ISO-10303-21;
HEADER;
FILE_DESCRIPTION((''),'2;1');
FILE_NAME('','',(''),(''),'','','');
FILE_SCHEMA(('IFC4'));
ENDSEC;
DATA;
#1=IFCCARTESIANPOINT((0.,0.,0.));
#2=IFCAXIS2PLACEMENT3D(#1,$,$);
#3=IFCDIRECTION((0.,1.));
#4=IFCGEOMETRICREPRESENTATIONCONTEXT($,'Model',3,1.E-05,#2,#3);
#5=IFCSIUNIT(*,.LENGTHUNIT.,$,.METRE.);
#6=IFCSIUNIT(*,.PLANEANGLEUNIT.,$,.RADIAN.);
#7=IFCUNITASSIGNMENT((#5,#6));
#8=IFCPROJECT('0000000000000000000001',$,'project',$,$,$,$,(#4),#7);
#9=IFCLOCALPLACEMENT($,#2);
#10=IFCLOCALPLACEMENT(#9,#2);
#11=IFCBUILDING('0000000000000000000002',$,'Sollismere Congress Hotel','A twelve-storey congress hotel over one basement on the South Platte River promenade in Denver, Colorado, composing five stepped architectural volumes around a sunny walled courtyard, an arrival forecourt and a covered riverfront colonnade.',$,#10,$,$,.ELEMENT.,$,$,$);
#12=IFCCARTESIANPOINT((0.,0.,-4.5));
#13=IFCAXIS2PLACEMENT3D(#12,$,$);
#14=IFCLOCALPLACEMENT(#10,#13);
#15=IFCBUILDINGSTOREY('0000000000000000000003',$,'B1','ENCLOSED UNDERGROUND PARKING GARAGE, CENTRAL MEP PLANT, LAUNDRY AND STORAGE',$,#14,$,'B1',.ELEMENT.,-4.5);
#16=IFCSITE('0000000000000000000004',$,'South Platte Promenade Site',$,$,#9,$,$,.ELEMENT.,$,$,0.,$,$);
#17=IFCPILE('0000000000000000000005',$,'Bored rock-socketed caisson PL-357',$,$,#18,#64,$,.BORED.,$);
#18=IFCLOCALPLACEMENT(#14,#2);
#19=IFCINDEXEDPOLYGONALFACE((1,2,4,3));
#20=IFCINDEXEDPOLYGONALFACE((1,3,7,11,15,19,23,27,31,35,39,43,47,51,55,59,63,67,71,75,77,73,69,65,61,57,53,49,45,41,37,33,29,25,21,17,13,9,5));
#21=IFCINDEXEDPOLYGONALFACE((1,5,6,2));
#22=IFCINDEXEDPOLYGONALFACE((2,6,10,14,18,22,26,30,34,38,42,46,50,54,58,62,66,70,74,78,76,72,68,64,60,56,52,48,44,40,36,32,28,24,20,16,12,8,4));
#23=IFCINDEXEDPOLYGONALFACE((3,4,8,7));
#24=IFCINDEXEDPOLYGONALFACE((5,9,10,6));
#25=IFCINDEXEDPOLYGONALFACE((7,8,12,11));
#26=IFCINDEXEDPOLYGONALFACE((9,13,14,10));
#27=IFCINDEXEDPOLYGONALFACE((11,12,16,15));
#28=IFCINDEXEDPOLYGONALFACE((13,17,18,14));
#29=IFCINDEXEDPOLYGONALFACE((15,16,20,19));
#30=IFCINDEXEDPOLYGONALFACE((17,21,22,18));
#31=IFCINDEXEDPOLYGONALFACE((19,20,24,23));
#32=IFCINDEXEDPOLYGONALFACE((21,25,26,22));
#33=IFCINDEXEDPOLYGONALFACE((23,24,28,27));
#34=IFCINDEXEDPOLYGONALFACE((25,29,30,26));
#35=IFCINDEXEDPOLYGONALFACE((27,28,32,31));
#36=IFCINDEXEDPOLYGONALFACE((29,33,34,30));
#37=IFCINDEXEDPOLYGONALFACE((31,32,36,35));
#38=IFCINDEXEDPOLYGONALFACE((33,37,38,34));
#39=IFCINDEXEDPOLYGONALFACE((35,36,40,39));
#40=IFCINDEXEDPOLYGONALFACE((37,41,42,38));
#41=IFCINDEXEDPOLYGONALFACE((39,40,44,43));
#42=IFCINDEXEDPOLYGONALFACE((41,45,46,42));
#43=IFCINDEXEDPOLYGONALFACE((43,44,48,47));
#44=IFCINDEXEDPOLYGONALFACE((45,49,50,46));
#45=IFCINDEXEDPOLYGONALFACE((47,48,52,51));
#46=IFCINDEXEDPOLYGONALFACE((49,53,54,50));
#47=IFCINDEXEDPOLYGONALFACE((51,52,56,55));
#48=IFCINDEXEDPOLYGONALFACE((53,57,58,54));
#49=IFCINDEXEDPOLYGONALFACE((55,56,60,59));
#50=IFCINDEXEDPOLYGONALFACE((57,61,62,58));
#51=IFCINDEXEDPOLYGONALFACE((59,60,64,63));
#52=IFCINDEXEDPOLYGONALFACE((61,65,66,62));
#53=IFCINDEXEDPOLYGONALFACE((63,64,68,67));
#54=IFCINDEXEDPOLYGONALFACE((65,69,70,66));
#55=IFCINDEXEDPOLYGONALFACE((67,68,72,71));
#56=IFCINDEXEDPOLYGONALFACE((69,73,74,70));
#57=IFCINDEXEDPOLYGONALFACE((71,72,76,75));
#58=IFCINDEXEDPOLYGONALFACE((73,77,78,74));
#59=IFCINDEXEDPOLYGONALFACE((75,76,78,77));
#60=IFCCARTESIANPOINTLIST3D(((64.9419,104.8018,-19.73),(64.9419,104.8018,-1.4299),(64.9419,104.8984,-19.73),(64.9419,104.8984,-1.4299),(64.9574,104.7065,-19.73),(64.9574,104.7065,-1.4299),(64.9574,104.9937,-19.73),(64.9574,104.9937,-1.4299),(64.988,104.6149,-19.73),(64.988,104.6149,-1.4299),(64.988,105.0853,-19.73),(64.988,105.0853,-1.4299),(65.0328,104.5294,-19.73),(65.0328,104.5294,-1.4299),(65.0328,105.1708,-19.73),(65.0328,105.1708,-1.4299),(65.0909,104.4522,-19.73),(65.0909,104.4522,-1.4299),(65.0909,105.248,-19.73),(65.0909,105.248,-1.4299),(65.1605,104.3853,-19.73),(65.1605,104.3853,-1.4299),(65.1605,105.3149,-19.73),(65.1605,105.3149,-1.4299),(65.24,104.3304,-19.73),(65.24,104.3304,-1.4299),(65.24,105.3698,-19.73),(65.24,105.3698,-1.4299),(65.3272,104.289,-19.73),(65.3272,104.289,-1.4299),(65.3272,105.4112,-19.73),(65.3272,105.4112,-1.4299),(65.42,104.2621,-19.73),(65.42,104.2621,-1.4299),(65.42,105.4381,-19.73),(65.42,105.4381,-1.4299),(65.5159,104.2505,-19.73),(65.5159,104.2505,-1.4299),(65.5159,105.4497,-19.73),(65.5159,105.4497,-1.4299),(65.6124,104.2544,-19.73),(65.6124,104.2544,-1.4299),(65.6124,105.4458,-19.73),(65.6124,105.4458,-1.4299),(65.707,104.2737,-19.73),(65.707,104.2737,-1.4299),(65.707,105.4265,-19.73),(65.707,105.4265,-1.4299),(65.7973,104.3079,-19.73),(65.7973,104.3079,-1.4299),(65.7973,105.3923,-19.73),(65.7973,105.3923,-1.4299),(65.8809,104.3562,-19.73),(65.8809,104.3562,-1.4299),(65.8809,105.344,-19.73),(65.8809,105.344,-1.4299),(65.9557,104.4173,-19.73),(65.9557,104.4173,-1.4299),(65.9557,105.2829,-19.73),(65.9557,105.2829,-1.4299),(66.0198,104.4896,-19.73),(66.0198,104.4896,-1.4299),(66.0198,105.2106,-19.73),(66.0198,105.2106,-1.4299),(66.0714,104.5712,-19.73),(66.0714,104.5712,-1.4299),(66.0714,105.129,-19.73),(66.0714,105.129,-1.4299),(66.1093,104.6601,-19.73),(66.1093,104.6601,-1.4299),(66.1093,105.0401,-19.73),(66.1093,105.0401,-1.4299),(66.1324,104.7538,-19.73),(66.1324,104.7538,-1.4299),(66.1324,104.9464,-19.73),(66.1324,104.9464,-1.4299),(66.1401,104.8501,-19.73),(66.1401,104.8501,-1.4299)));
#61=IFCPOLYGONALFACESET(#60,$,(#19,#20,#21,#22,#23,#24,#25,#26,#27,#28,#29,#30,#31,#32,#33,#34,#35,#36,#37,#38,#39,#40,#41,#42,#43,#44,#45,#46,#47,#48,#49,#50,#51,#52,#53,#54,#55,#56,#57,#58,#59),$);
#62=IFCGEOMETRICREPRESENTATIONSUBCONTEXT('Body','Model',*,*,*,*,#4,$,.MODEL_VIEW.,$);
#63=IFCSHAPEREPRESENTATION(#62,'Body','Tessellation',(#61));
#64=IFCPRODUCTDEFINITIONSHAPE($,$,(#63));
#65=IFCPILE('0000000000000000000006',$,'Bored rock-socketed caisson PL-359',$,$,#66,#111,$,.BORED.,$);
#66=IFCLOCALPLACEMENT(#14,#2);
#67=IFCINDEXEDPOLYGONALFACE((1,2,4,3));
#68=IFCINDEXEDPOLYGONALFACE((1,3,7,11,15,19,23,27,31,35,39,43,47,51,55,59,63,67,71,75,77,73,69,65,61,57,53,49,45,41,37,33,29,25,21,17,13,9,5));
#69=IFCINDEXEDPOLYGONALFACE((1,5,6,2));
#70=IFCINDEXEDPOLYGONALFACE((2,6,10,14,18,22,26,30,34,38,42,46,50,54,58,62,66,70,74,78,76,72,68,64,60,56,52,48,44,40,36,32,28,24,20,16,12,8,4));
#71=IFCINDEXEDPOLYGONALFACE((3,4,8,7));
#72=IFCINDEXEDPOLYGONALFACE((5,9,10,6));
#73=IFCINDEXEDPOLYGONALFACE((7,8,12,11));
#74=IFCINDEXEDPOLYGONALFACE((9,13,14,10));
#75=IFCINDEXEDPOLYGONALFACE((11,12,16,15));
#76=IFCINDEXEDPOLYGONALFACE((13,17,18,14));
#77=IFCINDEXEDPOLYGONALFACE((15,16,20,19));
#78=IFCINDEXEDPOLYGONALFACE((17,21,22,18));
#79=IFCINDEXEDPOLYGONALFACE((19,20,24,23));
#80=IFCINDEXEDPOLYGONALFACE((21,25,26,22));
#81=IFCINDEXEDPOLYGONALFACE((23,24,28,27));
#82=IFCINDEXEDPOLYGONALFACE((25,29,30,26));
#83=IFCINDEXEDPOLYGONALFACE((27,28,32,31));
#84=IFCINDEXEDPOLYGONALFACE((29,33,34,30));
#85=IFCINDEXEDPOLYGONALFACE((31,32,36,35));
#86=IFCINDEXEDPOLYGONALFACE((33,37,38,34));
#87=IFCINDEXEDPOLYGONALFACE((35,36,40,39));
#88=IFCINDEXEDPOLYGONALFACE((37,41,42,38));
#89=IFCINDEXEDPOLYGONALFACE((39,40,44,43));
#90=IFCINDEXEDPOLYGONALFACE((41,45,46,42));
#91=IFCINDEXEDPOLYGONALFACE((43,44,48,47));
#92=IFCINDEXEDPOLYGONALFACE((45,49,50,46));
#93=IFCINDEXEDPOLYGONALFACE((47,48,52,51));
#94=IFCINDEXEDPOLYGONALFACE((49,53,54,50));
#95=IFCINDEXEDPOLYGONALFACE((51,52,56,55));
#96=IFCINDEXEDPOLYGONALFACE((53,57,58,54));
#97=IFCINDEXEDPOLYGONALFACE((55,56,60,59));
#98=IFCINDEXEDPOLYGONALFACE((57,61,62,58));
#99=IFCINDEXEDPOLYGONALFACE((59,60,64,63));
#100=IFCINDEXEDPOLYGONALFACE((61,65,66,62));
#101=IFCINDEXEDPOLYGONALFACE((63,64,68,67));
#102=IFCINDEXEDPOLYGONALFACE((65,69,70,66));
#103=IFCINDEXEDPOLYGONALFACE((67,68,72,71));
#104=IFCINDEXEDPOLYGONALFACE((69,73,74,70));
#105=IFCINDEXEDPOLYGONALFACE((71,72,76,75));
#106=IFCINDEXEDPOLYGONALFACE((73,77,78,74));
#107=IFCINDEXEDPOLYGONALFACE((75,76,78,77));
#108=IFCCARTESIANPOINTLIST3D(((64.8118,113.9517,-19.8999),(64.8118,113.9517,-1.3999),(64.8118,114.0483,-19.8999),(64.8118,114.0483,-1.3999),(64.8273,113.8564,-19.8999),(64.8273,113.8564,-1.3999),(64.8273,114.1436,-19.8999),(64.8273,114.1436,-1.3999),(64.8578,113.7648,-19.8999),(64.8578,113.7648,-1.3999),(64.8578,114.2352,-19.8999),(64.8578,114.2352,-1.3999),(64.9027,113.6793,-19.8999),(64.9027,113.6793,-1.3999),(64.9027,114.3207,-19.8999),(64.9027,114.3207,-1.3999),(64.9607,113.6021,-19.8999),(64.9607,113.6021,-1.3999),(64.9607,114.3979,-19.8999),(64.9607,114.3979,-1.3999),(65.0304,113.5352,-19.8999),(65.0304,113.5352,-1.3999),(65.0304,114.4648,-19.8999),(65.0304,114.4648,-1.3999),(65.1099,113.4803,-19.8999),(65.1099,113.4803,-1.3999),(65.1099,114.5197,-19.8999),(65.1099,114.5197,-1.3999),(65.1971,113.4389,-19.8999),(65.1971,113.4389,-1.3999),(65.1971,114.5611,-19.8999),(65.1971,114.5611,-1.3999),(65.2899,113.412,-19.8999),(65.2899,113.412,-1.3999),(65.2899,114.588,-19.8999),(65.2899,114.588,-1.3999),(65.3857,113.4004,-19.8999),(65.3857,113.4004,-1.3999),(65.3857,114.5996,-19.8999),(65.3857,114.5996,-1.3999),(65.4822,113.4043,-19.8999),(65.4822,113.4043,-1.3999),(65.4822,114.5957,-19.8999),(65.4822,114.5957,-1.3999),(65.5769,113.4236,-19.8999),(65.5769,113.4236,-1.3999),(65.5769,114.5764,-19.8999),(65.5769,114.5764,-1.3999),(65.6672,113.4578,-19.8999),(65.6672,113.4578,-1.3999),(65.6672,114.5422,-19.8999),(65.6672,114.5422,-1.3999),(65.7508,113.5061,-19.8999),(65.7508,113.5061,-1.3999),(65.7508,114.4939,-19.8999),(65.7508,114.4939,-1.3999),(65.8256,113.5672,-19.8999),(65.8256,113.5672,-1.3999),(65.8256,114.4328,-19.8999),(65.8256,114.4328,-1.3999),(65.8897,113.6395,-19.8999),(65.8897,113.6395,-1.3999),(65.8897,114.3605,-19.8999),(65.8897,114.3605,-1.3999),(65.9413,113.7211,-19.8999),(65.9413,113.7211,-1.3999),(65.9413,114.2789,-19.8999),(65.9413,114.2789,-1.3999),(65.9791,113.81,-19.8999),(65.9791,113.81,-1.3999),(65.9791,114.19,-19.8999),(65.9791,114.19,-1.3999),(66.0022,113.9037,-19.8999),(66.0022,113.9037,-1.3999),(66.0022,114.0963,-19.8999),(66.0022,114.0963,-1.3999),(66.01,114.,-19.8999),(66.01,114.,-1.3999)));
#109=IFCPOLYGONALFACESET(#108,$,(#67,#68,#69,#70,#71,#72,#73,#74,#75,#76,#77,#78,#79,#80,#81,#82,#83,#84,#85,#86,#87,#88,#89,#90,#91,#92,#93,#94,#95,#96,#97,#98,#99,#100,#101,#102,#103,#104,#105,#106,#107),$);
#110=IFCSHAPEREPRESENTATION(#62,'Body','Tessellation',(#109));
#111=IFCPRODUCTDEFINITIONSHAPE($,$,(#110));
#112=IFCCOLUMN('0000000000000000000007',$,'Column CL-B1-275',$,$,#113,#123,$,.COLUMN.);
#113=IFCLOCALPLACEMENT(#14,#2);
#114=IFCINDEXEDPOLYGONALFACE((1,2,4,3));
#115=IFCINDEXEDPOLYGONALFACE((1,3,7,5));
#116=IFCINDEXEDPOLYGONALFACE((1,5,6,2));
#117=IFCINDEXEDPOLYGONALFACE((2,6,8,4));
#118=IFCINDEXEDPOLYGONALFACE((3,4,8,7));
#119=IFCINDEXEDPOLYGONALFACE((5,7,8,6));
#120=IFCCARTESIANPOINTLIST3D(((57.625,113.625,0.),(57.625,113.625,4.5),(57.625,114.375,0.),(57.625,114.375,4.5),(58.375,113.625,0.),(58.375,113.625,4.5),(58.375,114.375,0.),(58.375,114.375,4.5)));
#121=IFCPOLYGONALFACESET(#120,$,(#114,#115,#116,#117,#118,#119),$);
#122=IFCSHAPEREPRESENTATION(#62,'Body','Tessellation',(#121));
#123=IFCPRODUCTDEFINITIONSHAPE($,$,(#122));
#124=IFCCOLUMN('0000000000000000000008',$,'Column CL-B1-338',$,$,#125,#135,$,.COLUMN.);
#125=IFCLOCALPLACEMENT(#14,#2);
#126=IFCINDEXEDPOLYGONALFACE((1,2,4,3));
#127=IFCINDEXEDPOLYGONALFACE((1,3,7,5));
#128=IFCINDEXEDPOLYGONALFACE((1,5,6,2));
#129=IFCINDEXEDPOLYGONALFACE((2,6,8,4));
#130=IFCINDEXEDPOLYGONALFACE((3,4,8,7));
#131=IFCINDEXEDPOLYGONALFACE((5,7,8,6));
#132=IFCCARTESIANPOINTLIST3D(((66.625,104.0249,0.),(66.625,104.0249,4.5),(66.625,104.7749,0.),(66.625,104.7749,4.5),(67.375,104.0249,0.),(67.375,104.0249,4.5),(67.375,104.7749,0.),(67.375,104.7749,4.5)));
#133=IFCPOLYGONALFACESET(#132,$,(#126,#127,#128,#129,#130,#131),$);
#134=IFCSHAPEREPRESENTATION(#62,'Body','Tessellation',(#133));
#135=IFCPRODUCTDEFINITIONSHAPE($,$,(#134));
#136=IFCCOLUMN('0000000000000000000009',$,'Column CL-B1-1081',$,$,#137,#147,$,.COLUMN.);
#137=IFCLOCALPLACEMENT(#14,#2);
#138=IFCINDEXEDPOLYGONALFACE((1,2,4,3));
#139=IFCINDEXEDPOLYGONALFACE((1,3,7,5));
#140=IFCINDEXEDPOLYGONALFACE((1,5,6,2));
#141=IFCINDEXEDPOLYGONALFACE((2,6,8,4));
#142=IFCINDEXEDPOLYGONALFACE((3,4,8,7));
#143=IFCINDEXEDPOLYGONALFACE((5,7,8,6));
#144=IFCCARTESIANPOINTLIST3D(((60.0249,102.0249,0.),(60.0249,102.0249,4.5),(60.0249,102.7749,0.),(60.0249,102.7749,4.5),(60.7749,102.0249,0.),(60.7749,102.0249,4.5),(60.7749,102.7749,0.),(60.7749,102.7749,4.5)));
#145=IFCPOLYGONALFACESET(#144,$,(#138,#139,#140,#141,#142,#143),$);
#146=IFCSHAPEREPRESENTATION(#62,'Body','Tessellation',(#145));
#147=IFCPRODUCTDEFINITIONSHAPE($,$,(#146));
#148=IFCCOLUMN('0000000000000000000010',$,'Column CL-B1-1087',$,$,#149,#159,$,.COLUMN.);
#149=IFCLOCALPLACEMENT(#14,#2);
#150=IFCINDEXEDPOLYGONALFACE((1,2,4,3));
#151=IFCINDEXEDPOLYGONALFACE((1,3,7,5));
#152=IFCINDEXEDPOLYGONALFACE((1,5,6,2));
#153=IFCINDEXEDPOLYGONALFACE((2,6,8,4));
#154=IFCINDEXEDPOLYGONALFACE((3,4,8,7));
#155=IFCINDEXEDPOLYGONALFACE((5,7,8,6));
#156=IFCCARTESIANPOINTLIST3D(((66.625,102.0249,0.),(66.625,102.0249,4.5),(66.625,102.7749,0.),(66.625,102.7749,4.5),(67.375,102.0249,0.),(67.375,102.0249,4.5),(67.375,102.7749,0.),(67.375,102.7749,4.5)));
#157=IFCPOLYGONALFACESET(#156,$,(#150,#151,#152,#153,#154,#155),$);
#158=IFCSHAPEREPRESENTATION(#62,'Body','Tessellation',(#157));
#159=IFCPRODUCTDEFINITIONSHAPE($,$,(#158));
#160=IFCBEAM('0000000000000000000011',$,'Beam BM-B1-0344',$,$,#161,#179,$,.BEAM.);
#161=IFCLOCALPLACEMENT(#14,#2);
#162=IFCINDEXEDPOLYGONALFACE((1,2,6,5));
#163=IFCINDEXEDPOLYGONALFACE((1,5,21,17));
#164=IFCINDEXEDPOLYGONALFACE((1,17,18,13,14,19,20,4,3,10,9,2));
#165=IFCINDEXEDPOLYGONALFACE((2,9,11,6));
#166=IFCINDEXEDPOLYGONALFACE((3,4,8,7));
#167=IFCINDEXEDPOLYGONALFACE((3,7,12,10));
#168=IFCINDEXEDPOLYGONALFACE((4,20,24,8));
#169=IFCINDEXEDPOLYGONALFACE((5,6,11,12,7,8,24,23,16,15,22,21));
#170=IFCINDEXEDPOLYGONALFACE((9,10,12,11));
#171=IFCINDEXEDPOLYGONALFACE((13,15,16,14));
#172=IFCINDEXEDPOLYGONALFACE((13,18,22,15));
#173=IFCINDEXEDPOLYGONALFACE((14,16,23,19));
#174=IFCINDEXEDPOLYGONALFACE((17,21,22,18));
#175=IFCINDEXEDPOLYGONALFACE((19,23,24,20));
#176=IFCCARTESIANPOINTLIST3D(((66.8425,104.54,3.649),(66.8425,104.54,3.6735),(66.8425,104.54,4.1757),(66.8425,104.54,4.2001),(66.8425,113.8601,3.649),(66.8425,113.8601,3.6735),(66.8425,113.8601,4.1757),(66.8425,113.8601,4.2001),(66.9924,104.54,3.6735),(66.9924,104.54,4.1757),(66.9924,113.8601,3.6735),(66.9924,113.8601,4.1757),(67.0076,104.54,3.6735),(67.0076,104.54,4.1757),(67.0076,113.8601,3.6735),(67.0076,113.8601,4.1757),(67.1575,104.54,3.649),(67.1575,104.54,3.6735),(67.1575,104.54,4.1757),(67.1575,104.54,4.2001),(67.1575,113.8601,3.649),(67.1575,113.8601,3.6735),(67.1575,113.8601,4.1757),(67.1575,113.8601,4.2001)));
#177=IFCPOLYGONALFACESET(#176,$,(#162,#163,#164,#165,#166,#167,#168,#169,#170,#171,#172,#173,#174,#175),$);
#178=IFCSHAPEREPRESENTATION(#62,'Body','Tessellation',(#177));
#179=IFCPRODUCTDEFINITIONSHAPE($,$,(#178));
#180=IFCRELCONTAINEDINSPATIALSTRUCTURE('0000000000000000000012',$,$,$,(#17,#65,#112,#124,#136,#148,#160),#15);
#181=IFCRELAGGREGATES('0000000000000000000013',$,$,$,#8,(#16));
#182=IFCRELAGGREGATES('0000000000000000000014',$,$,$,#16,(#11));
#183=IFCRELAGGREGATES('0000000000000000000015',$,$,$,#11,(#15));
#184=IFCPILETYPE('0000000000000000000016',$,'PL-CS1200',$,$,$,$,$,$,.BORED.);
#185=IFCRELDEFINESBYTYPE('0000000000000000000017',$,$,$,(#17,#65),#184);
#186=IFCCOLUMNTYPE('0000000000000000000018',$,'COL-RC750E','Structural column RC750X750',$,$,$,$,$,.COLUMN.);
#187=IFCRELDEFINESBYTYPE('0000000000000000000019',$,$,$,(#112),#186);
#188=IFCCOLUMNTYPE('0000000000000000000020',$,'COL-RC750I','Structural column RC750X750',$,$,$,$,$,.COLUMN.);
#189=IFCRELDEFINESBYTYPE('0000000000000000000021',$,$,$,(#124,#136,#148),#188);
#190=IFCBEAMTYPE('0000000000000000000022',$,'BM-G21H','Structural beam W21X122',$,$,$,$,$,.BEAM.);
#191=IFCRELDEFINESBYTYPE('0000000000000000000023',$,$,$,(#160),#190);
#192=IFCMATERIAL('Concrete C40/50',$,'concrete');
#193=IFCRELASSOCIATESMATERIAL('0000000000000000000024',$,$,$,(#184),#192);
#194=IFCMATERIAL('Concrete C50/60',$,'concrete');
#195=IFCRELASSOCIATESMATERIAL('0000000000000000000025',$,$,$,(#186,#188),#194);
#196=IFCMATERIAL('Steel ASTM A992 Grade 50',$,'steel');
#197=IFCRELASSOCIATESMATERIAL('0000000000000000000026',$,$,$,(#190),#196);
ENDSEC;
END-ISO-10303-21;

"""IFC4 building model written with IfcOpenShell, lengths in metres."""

from ifc_helpers import new_model, si_unit, direction, frame, origin, origin_2d, place, context, subcontext, project, spatial, rectangle, circle, i_section, extrude, material, material_profile, profile_set, type_object, element, save


model = new_model("IFC4")

# Units and contexts
model_context = context("Model", 3, precision=1e-05, world=origin(), true_north=direction((0.0, 1.0)))
body_context = subcontext(model_context, "Body", "Model", "MODEL_VIEW")
ifc_project = project(units=[si_unit("LENGTHUNIT", "METRE"), si_unit("PLANEANGLEUNIT", "RADIAN")], contexts=[model_context])

# Site, building, storey
site_placement = place(None, origin())
site = spatial("IfcSite", under=ifc_project, at=site_placement, Name="South Platte Promenade Site", CompositionType="ELEMENT", RefElevation=0.0)
building_placement = place(site_placement, origin())
building = spatial("IfcBuilding", under=site, at=building_placement, Name="Sollismere Congress Hotel", Description="A twelve-storey congress hotel over one basement on the South Platte River promenade in Denver, Colorado, composing five stepped architectural volumes around a sunny walled courtyard, an arrival forecourt and a covered riverfront colonnade.", CompositionType="ELEMENT")
storey_placement = place(building_placement, frame((0.0, 0.0, -4.5)))
storey = spatial("IfcBuildingStorey", under=building, at=storey_placement, Name="B1", Description="ENCLOSED UNDERGROUND PARKING GARAGE, CENTRAL MEP PLANT, LAUNDRY AND STORAGE", LongName="B1", CompositionType="ELEMENT", Elevation=-4.5)

# Shared definitions
ifc_material_1 = material(Name="Concrete C40/50", Category="concrete")

# Piles
ifc_material_profile_1 = material_profile(ifc_material_1, circle(Radius=0.6001, at=origin_2d()), Name="CAISSON1200")
ifc_profile_set_1 = profile_set([ifc_material_profile_1], Name="Concrete C40/50")
pile_type = type_object("IfcPileType", Name="PL-CS1200", PredefinedType="BORED", material=ifc_profile_set_1)
for number, where, z_axis, x_axis, name in (
    (1, (65.54, 104.8501, -1.4299), (0.0, 0.0, -1.0), (1.0, 0.0, 0.0), "Bored rock-socketed caisson PL-357"),
):
    element("IfcPile", number, at=place(storey_placement, frame(where, z_axis=z_axis, x_axis=x_axis)), inside=storey, type_object=pile_type, Name=name, PredefinedType="BORED", context=body_context, shape_type="SweptSolid", body=[
        extrude(circle(Radius=0.6001, at=origin_2d()), origin(), (0.0, 0.0, 1.0), 18.3),
    ])
pile_1_placement = place(storey_placement, frame((65.4099, 114.0, -1.3999), z_axis=(0.0, 0.0, -1.0), x_axis=(1.0, 0.0, 0.0)))
element("IfcPile", 2, at=pile_1_placement, inside=storey, type_object=pile_type, Name="Bored rock-socketed caisson PL-359", PredefinedType="BORED", context=body_context, shape_type="SweptSolid", body=[
    extrude(circle(Radius=0.6001, at=origin_2d()), origin(), (0.0, 0.0, 1.0), 18.5),
])

# Columns
ifc_material_2 = material(Name="Concrete C50/60", Category="concrete")
ifc_material_profile_2 = material_profile(ifc_material_2, rectangle(XDim=0.75, YDim=0.75, at=origin_2d()), Name="RC750X750")
ifc_profile_set_2 = profile_set([ifc_material_profile_2], Name="Concrete C50/60")
column_type_1 = type_object("IfcColumnType", Name="COL-RC750E", Description="Structural column RC750X750", PredefinedType="COLUMN", material=ifc_profile_set_2)
column_placement = place(storey_placement, frame((58.0, 114.0, 0.0), z_axis=(0.0, 0.0, 1.0), x_axis=(1.0, 0.0, 0.0)))
element("IfcColumn", 3, at=column_placement, inside=storey, type_object=column_type_1, Name="Column CL-B1-275", PredefinedType="COLUMN", context=body_context, shape_type="SweptSolid", body=[
    extrude(rectangle(XDim=0.75, YDim=0.75, at=origin_2d()), origin(), (0.0, 0.0, 1.0), 4.5),
])
ifc_material_profile_3 = material_profile(ifc_material_2, rectangle(XDim=0.75, YDim=0.75, at=origin_2d()), Name="RC750X750")
ifc_profile_set_3 = profile_set([ifc_material_profile_3], Name="Concrete C50/60")
column_type_2 = type_object("IfcColumnType", Name="COL-RC750I", Description="Structural column RC750X750", PredefinedType="COLUMN", material=ifc_profile_set_3)
for number, where, z_axis, x_axis, name in (
    (4, (67.0, 104.3999, 0.0), (0.0, 0.0, 1.0), (1.0, 0.0, 0.0), "Column CL-B1-338"),
    (5, (60.3999, 102.3999, 0.0), (0.0, 0.0, 1.0), (0.0, 1.0, 0.0), "Column CL-B1-1081"),
    (6, (67.0, 102.3999, 0.0), (0.0, 0.0, 1.0), (0.0, 1.0, 0.0), "Column CL-B1-1087"),
):
    element("IfcColumn", number, at=place(storey_placement, frame(where, z_axis=z_axis, x_axis=x_axis)), inside=storey, type_object=column_type_2, Name=name, PredefinedType="COLUMN", context=body_context, shape_type="SweptSolid", body=[
        extrude(rectangle(XDim=0.75, YDim=0.75, at=origin_2d()), origin(), (0.0, 0.0, 1.0), 4.5),
    ])

# Beam
ifc_material_3 = material(Name="Steel ASTM A992 Grade 50", Category="steel")
ifc_material_profile_4 = material_profile(ifc_material_3, i_section(OverallWidth=0.3149, OverallDepth=0.551, WebThickness=0.0151, FlangeThickness=0.0244, at=origin_2d()), Name="W21X122")
ifc_profile_set_4 = profile_set([ifc_material_profile_4], Name="Steel ASTM A992 Grade 50")
beam_type_1 = type_object("IfcBeamType", Name="BM-G21H", Description="Structural beam W21X122", PredefinedType="BEAM", material=ifc_profile_set_4)
beam_1_placement = place(storey_placement, frame((67.0, 104.54, 3.9246), z_axis=(0.0, 1.0, 0.0), x_axis=(-1.0, 0.0, 0.0)))
element("IfcBeam", 7, at=beam_1_placement, inside=storey, type_object=beam_type_1, Name="Beam BM-B1-0344", PredefinedType="BEAM", context=body_context, shape_type="SweptSolid", body=[
    extrude(i_section(OverallWidth=0.3149, OverallDepth=0.551, WebThickness=0.0151, FlangeThickness=0.0244, at=origin_2d()), origin(), (0.0, 0.0, 1.0), 9.3201),
])

save(model, "model.ifc")
